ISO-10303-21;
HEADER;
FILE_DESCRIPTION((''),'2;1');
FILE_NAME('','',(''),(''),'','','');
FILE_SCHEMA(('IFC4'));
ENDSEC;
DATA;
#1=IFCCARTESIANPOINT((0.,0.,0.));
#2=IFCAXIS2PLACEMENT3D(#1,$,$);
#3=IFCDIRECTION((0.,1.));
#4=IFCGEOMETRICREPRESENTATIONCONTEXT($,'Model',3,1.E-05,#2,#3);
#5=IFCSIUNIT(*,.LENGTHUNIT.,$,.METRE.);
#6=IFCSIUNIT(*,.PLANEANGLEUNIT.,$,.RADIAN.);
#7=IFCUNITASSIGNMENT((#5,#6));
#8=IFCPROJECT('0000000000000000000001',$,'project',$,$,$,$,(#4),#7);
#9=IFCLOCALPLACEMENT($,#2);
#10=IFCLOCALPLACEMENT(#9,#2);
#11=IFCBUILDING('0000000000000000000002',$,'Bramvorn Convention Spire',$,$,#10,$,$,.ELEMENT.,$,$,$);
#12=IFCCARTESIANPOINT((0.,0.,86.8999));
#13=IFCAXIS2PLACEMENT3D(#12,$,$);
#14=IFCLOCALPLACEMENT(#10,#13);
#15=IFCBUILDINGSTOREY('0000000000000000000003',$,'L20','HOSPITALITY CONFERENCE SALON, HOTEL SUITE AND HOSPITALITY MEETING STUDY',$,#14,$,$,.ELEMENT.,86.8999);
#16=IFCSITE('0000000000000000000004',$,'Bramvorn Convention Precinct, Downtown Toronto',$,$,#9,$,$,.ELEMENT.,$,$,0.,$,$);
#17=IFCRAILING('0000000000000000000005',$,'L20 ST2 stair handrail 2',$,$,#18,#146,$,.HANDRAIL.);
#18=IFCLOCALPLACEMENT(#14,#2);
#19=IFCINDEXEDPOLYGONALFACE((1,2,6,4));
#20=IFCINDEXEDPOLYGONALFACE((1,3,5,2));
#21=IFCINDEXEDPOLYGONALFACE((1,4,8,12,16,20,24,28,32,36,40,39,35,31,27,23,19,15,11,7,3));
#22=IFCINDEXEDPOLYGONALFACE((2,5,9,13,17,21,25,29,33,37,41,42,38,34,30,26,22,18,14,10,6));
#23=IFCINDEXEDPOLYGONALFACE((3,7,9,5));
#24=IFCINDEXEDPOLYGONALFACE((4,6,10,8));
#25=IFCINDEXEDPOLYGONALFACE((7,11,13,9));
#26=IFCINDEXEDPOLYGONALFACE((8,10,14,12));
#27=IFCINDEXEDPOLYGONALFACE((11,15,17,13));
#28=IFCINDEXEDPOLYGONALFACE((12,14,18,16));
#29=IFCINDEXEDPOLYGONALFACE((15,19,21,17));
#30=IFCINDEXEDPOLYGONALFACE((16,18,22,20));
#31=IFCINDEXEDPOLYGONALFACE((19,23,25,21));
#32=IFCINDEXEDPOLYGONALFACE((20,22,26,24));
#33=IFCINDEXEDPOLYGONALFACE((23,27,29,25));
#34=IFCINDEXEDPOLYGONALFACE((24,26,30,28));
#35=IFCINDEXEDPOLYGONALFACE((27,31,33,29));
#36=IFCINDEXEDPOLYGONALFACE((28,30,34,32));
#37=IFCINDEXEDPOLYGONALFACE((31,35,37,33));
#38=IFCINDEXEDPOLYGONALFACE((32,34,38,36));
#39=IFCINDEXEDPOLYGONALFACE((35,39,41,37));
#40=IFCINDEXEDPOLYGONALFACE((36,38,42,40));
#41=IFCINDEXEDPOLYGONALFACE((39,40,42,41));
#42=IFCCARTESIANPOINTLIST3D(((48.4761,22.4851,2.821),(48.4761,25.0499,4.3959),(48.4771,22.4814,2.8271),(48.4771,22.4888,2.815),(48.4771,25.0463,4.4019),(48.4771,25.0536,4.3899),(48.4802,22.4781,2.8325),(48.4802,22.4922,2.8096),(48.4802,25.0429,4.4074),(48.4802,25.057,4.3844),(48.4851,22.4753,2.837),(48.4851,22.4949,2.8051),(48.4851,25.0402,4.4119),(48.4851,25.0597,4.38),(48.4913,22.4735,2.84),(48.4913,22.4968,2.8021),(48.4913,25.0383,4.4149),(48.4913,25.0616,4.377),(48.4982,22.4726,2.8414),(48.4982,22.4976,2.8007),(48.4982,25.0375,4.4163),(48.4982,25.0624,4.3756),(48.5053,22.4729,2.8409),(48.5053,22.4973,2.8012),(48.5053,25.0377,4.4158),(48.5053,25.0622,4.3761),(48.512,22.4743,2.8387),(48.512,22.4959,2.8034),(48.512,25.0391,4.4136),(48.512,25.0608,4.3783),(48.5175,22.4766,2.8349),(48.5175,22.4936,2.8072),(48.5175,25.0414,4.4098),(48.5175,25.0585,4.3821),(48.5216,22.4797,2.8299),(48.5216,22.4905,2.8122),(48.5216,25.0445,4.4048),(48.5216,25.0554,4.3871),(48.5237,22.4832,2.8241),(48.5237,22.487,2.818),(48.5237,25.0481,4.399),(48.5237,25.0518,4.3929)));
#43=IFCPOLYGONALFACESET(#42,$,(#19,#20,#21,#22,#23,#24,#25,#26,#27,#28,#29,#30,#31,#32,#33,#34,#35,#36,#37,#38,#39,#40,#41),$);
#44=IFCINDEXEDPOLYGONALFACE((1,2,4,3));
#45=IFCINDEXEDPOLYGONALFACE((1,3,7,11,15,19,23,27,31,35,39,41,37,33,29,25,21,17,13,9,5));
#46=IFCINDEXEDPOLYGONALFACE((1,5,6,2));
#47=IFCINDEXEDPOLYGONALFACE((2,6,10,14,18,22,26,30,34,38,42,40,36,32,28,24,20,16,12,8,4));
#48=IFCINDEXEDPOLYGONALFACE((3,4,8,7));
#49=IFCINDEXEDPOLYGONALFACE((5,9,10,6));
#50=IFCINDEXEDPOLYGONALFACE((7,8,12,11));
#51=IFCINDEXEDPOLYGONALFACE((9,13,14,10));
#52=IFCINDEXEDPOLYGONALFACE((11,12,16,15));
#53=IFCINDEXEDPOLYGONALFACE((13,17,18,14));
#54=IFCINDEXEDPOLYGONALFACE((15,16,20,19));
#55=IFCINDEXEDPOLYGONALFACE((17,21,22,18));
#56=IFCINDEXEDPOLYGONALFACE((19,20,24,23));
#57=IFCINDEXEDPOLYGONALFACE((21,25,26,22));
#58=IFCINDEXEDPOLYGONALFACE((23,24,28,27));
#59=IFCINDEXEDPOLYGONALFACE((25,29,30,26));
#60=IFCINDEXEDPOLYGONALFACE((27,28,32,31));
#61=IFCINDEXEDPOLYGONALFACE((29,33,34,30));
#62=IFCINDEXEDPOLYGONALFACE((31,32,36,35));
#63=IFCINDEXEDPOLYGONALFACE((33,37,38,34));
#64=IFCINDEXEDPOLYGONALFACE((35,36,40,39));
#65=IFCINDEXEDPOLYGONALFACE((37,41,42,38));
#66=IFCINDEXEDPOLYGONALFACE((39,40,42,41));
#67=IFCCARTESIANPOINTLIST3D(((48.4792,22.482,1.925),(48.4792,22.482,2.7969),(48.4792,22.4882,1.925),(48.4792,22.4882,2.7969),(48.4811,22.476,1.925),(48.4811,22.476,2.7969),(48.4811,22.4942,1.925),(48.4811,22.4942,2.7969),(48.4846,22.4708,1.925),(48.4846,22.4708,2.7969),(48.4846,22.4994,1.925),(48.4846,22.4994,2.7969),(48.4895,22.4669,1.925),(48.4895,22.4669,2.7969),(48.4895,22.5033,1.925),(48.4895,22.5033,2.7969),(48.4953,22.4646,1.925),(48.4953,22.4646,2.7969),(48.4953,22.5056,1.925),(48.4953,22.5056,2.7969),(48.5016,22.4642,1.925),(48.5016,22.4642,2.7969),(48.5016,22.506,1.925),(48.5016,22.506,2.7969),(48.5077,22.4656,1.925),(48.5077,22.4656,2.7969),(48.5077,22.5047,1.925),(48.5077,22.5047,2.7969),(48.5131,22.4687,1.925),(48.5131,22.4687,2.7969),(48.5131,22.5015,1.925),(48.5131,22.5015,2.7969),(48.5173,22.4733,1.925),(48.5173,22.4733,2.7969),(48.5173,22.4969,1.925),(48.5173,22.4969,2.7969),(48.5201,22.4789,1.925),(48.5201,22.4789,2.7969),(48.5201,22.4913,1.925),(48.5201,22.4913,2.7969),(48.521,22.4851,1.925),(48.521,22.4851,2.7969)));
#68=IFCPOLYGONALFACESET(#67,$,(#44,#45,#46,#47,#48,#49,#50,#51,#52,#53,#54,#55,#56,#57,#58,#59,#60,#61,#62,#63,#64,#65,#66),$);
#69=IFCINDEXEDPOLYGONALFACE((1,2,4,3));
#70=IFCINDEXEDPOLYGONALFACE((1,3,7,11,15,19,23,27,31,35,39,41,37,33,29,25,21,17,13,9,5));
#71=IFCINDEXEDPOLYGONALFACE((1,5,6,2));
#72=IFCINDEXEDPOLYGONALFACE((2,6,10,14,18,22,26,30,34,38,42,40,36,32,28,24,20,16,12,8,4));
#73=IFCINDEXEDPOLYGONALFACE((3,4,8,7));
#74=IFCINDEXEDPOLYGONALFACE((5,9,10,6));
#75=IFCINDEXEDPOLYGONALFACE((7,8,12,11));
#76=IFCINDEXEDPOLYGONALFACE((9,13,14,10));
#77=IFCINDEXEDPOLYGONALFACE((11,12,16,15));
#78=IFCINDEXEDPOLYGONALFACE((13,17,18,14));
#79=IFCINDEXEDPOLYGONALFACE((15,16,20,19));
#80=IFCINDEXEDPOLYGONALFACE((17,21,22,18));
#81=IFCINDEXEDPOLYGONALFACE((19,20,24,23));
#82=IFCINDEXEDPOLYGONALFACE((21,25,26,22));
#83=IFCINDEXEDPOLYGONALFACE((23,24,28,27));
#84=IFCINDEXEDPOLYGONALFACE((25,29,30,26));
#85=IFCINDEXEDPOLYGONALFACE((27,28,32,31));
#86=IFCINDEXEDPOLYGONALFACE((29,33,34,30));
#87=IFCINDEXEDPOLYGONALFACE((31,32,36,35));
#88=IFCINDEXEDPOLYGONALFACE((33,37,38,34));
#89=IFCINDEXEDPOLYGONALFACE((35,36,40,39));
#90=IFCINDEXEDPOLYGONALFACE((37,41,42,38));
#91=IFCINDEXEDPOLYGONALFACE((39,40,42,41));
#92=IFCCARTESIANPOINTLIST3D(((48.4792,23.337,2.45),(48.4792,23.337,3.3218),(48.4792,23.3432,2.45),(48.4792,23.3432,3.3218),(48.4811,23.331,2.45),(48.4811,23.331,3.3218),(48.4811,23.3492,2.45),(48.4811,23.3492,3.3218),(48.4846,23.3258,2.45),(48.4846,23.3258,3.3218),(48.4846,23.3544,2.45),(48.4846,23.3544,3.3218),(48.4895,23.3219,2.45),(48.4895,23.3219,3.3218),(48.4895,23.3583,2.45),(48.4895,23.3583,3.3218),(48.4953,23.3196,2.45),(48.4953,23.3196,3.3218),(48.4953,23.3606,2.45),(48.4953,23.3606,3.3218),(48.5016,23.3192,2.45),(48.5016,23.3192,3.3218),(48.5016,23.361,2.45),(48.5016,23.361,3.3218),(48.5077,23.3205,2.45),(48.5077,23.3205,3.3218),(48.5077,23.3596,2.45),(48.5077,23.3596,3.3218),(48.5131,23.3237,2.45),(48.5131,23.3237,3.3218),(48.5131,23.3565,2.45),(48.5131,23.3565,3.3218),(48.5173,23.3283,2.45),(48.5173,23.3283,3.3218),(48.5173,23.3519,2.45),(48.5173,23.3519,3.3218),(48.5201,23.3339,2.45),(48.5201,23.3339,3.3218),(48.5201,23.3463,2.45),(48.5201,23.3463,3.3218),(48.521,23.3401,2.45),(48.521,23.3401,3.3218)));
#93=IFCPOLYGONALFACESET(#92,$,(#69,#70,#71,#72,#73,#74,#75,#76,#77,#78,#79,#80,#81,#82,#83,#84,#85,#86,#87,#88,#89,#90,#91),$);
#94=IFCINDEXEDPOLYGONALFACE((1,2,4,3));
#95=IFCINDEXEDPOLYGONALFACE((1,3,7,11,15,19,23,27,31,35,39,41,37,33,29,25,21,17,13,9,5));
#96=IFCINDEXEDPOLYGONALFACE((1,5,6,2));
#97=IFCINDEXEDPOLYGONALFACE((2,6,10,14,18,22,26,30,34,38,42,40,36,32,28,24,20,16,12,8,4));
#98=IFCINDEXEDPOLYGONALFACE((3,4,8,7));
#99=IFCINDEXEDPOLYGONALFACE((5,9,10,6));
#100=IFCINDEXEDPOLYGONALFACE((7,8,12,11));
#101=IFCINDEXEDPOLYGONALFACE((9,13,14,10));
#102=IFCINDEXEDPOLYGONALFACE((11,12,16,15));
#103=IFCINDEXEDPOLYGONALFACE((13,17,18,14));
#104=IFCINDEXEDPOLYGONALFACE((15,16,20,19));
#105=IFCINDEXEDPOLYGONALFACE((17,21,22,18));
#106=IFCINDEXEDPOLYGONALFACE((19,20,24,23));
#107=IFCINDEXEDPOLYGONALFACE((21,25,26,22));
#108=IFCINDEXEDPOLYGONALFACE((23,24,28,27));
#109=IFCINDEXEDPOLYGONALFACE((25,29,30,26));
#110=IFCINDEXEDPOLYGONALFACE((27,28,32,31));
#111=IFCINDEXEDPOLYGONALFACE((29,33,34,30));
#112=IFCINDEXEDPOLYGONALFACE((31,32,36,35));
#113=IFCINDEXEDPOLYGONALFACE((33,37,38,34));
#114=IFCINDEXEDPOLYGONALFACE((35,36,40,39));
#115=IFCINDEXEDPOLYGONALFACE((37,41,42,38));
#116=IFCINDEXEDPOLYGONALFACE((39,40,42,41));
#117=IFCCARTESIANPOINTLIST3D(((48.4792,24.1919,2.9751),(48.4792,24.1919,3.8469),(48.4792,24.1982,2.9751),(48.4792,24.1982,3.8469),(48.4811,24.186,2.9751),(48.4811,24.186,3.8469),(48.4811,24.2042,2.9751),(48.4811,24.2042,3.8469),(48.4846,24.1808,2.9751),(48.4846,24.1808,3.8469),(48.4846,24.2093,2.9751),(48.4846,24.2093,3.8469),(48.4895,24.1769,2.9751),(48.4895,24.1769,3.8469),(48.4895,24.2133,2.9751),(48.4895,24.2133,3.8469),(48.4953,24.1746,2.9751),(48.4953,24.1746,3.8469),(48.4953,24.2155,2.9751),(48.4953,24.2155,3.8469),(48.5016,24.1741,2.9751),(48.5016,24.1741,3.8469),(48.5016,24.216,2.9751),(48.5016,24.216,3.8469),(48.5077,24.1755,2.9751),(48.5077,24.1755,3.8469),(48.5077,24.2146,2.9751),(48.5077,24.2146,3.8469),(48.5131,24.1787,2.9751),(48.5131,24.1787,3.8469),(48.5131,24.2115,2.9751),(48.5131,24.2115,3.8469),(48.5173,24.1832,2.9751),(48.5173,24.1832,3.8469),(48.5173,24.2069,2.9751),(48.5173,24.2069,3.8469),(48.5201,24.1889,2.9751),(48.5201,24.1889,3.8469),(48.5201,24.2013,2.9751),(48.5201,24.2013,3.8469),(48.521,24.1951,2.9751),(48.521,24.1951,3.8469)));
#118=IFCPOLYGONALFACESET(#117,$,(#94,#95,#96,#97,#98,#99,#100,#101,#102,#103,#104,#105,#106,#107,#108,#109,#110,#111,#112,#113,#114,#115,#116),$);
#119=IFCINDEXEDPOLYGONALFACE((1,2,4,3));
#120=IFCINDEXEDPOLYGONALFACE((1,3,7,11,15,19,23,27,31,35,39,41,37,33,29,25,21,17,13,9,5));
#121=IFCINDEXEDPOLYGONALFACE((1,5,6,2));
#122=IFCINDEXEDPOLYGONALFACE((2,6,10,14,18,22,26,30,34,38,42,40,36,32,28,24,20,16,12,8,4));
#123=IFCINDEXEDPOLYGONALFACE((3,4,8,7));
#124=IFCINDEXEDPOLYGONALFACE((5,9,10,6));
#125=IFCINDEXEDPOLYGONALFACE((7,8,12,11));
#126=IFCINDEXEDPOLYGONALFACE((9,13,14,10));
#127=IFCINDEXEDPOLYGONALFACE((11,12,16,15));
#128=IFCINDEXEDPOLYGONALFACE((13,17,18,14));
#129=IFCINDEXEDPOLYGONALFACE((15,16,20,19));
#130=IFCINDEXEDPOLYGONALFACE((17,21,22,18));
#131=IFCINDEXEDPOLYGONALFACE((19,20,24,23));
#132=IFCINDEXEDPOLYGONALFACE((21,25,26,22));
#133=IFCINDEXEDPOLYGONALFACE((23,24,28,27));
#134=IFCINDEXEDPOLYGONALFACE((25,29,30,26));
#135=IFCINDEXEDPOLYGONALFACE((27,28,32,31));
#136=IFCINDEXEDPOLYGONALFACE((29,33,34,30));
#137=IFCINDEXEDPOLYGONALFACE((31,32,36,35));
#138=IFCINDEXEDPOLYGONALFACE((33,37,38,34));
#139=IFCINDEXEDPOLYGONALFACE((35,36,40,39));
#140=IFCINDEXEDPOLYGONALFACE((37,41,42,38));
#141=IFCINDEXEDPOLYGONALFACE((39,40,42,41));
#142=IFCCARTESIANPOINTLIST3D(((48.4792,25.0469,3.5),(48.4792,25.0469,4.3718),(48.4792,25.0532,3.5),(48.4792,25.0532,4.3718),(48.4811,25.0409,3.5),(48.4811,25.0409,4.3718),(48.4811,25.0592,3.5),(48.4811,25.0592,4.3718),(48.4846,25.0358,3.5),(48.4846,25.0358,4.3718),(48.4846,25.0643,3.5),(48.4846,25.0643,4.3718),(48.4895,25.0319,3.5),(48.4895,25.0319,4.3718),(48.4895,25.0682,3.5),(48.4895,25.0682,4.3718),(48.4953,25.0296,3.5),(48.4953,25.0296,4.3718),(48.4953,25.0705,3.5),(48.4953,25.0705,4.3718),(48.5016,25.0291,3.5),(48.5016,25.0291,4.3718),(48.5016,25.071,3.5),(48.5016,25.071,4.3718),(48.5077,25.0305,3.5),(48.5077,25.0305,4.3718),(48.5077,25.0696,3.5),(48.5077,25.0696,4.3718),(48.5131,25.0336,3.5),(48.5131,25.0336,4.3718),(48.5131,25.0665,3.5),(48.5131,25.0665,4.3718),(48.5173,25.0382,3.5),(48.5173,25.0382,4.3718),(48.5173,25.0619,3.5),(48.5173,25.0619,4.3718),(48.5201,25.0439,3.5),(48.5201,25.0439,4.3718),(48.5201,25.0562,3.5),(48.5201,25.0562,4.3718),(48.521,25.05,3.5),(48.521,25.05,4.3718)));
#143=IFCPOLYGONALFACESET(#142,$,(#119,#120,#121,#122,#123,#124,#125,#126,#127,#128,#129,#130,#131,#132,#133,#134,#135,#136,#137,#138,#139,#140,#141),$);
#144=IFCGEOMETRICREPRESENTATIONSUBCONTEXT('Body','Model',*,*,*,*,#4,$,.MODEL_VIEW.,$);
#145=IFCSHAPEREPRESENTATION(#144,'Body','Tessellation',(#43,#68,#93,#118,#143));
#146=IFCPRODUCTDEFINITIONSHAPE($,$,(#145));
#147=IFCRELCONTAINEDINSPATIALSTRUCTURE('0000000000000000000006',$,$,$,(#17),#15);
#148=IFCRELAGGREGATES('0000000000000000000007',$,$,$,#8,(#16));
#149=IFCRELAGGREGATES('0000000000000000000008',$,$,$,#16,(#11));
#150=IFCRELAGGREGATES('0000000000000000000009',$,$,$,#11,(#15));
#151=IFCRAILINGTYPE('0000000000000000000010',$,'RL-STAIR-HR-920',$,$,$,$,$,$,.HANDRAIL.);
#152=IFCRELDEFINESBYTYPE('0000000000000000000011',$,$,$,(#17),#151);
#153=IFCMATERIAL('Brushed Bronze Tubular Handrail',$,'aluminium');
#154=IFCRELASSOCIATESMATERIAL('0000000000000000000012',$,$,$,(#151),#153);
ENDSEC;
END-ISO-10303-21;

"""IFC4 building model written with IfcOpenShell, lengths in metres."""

from ifc_helpers import new_model, si_unit, direction, frame, origin, origin_2d, place, context, subcontext, project, spatial, circle, extrude, material, type_object, element, save


model = new_model("IFC4")

# Units and contexts
model_context = context("Model", 3, precision=1e-05, world=origin(), true_north=direction((0.0, 1.0)))
body_context = subcontext(model_context, "Body", "Model", "MODEL_VIEW")
ifc_project = project(units=[si_unit("LENGTHUNIT", "METRE"), si_unit("PLANEANGLEUNIT", "RADIAN")], contexts=[model_context])

# Site, building, storey
site_placement = place(None, origin())
site = spatial("IfcSite", under=ifc_project, at=site_placement, Name="Bramvorn Convention Precinct, Downtown Toronto", CompositionType="ELEMENT", RefElevation=0.0)
building_placement = place(site_placement, origin())
building = spatial("IfcBuilding", under=site, at=building_placement, Name="Bramvorn Convention Spire", CompositionType="ELEMENT")
storey_placement = place(building_placement, frame((0.0, 0.0, 86.8999)))
storey = spatial("IfcBuildingStorey", under=building, at=storey_placement, Name="L20", Description="HOSPITALITY CONFERENCE SALON, HOTEL SUITE AND HOSPITALITY MEETING STUDY", CompositionType="ELEMENT", Elevation=86.8999)

# Railing
ifc_material_1 = material(Name="Brushed Bronze Tubular Handrail", Category="aluminium")
railing_type_1 = type_object("IfcRailingType", Name="RL-STAIR-HR-920", PredefinedType="HANDRAIL", material=ifc_material_1)
railing_1_placement = place(storey_placement, frame((48.5, 22.4851, 1.925)))
element("IfcRailing", 1, at=railing_1_placement, inside=storey, type_object=railing_type_1, Name="L20 ST2 stair handrail 2", PredefinedType="HANDRAIL", context=body_context, shape_type="SweptSolid", body=[
    extrude(circle(Radius=0.0239, at=origin_2d()), frame((0.0, 0.0, 0.896), z_axis=(0.0, 0.852173, 0.52326), x_axis=(-1.0, 0.0, 0.0)), (0.0, 0.0, 1.0), 3.0098),
    extrude(circle(Radius=0.021, at=origin_2d()), origin(), (0.0, 0.0, 1.0), 0.8718),
    extrude(circle(Radius=0.021, at=origin_2d()), frame((0.0, 0.855, 0.5249)), (0.0, 0.0, 1.0), 0.8718),
    extrude(circle(Radius=0.021, at=origin_2d()), frame((0.0, 1.71, 1.05)), (0.0, 0.0, 1.0), 0.8718),
    extrude(circle(Radius=0.021, at=origin_2d()), frame((0.0, 2.5649, 1.575)), (0.0, 0.0, 1.0), 0.8718),
])

save(model, "model.ifc")
